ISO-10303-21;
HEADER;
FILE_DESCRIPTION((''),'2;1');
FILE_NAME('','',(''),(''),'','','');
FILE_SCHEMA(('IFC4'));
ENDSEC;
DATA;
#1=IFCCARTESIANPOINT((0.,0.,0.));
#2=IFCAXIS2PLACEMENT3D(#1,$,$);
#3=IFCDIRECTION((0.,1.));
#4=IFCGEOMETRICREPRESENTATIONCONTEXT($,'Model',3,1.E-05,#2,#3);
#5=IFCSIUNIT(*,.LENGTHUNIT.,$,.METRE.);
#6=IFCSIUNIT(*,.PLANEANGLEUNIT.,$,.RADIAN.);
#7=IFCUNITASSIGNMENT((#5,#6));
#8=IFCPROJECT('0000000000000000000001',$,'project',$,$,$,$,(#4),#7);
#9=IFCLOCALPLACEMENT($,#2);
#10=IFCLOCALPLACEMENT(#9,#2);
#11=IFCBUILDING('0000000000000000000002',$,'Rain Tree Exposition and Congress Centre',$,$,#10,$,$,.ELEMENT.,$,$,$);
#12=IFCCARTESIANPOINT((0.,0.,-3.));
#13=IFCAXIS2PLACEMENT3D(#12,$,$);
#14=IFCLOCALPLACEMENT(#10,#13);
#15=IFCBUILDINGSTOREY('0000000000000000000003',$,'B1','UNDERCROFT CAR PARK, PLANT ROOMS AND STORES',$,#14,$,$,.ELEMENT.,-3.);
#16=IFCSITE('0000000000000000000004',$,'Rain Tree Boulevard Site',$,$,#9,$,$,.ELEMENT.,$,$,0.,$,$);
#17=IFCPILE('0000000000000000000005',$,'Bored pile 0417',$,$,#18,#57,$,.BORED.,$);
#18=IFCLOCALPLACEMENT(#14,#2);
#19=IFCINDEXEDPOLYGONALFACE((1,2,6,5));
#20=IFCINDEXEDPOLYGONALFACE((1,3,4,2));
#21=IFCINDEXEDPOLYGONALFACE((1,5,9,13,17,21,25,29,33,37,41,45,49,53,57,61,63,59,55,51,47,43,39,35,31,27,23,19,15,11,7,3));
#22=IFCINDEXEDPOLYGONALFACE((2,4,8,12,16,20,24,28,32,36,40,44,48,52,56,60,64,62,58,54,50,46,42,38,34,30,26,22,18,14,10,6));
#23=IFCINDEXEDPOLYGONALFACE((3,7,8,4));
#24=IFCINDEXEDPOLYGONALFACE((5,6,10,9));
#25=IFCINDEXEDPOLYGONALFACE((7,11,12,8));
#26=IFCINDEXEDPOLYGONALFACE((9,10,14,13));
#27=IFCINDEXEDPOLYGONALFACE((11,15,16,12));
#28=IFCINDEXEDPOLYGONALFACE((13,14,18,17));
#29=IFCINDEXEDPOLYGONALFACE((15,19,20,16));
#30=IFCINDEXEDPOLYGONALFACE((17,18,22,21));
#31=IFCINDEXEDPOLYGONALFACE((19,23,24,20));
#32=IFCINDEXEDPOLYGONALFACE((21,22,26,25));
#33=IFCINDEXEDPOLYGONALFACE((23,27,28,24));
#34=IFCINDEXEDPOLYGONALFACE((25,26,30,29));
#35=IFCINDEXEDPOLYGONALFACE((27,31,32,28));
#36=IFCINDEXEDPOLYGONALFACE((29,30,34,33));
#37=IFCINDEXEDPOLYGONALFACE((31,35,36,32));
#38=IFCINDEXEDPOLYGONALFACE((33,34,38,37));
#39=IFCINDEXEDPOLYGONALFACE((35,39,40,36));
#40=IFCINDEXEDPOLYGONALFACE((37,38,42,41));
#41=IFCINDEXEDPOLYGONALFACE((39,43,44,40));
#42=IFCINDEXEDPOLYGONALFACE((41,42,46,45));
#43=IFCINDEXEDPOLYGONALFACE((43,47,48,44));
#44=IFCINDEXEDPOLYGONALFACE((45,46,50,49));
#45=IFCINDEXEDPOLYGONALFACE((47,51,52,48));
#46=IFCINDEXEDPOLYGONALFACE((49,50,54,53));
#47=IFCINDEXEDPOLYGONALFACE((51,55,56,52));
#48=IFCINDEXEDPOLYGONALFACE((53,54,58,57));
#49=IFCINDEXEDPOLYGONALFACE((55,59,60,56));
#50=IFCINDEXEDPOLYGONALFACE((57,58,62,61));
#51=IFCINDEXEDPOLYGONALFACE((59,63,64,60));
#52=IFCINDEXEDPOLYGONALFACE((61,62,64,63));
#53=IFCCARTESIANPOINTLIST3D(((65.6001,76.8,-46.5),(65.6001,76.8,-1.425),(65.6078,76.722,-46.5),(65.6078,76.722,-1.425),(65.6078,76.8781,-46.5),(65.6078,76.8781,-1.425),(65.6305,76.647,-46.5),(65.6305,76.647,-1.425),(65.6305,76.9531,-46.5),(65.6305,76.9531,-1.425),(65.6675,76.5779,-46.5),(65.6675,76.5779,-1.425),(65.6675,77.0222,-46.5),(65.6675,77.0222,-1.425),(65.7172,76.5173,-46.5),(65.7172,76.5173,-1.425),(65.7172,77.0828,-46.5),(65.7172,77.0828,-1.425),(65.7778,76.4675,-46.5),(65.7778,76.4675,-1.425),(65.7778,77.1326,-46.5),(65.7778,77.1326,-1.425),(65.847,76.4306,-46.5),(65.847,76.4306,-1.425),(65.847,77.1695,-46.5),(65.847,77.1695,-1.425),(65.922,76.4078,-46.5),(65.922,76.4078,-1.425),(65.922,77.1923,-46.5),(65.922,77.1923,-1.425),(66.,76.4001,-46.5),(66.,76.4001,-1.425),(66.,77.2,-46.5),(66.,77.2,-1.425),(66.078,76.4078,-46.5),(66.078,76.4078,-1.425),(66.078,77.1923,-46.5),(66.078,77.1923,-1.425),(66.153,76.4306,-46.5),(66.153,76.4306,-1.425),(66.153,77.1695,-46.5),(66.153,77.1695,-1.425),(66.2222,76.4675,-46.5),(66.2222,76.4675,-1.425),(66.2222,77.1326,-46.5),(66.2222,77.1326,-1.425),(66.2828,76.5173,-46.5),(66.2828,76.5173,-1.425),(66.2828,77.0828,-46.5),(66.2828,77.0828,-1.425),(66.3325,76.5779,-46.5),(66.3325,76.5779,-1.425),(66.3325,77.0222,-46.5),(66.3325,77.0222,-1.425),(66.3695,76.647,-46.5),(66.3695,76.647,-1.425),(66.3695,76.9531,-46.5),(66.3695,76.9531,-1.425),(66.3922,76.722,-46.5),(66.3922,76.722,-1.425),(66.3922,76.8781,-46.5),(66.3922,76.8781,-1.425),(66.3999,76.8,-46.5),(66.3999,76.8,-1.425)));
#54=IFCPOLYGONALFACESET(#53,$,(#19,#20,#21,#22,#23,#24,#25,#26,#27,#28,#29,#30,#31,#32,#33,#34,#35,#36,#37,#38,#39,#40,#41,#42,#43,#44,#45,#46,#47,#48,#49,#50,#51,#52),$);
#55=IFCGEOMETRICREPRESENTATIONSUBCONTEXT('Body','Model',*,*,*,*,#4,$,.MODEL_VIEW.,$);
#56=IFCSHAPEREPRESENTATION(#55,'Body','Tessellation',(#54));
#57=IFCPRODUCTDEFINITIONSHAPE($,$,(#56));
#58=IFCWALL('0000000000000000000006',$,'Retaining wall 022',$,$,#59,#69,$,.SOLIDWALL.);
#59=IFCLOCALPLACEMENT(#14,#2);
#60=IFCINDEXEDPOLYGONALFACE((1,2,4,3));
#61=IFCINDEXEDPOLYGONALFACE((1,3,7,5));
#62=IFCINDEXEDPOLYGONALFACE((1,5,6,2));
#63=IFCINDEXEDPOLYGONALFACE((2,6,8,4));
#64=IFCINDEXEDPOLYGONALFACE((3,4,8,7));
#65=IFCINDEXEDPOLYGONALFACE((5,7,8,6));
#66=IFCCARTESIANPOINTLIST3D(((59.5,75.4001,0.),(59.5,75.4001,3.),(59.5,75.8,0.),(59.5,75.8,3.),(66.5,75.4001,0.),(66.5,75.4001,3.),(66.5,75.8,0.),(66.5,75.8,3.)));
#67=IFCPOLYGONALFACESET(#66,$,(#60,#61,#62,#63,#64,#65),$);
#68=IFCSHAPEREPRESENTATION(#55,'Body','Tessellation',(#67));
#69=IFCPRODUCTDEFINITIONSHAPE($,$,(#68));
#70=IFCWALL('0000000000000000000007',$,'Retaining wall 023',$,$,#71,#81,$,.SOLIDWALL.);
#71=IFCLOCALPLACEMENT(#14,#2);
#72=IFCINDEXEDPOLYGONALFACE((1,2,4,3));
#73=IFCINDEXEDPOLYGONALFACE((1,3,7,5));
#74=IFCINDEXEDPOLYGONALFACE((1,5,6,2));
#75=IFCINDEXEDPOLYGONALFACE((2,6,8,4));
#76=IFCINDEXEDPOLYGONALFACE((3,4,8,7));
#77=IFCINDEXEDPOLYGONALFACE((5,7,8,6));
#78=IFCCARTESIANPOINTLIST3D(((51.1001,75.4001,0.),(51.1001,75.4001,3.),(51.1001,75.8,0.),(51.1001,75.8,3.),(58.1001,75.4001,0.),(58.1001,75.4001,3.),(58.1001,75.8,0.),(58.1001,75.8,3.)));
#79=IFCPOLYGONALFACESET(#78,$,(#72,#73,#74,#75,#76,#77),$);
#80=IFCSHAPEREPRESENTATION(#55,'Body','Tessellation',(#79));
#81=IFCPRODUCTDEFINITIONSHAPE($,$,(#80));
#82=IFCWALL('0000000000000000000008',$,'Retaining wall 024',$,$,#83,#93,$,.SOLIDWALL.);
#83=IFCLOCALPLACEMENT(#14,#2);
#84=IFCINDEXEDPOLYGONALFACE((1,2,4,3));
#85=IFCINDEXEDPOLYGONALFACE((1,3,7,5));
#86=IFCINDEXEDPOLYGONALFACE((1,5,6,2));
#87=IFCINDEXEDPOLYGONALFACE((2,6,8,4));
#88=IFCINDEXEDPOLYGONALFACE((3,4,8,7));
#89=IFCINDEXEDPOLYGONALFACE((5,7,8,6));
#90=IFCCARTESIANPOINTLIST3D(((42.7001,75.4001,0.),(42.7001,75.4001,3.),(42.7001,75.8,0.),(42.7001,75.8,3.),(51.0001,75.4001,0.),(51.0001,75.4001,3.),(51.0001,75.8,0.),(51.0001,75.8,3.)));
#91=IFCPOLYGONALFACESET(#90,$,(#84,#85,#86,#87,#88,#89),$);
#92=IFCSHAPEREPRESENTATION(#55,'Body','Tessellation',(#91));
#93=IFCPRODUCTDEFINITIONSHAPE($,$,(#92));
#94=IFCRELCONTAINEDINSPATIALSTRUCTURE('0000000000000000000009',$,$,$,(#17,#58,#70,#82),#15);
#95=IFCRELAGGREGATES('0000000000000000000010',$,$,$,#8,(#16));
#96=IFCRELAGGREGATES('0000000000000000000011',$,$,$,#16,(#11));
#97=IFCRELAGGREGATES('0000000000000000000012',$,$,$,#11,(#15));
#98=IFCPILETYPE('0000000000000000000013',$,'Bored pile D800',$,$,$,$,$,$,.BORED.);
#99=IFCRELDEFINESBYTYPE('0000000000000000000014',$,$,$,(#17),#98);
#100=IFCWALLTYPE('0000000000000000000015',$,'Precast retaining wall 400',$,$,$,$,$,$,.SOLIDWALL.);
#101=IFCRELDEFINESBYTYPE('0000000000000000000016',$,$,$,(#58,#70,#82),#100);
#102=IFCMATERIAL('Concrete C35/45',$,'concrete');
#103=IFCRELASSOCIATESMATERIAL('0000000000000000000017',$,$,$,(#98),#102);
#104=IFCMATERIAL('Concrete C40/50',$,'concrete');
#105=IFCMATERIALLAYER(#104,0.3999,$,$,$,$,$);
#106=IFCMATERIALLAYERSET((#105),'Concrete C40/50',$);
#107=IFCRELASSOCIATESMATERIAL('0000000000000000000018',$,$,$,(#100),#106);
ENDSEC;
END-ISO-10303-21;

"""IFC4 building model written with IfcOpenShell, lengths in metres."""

from ifc_helpers import new_model, si_unit, direction, frame, frame_2d, origin, origin_2d, place, context, subcontext, project, spatial, rectangle, circle, extrude, material, layer, layer_set, material_profile, profile_set, type_object, element, save


model = new_model("IFC4")

# Units and contexts
model_context = context("Model", 3, precision=1e-05, world=origin(), true_north=direction((0.0, 1.0)))
body_context = subcontext(model_context, "Body", "Model", "MODEL_VIEW")
ifc_project = project(units=[si_unit("LENGTHUNIT", "METRE"), si_unit("PLANEANGLEUNIT", "RADIAN")], contexts=[model_context])

# Site, building, storey
site_placement = place(None, origin())
site = spatial("IfcSite", under=ifc_project, at=site_placement, Name="Rain Tree Boulevard Site", CompositionType="ELEMENT", RefElevation=0.0)
building_placement = place(site_placement, origin())
building = spatial("IfcBuilding", under=site, at=building_placement, Name="Rain Tree Exposition and Congress Centre", CompositionType="ELEMENT")
storey_placement = place(building_placement, frame((0.0, 0.0, -3.0)))
storey = spatial("IfcBuildingStorey", under=building, at=storey_placement, Name="B1", Description="UNDERCROFT CAR PARK, PLANT ROOMS AND STORES", CompositionType="ELEMENT", Elevation=-3.0)

# Pile
ifc_material_1 = material(Name="Concrete C35/45", Category="concrete")
ifc_material_profile_1 = material_profile(ifc_material_1, circle(Radius=0.3999, at=origin_2d()), Name="D800")
ifc_profile_set_1 = profile_set([ifc_material_profile_1], Name="Concrete C35/45")
pile_type_1 = type_object("IfcPileType", Name="Bored pile D800", PredefinedType="BORED", material=ifc_profile_set_1)
for number, where, z_axis, x_axis, name in (
    (1, (66.0, 76.8, -1.425), (0.0, 0.0, -1.0), (1.0, 0.0, 0.0), "Bored pile 0417"),
):
    element("IfcPile", number, at=place(storey_placement, frame(where, z_axis=z_axis, x_axis=x_axis)), inside=storey, type_object=pile_type_1, Name=name, PredefinedType="BORED", context=body_context, shape_type="SweptSolid", body=[
        extrude(circle(Radius=0.3999, at=origin_2d()), origin(), (0.0, 0.0, 1.0), 45.075),
    ])

# Walls
ifc_material_2 = material(Name="Concrete C40/50", Category="concrete")
ifc_layer = layer(ifc_material_2, 0.3999)
ifc_layer_set = layer_set([ifc_layer], Name="Concrete C40/50")
wall_type = type_object("IfcWallType", Name="Precast retaining wall 400", PredefinedType="SOLIDWALL", material=ifc_layer_set)
for number, where, z_axis, x_axis, name in (
    (2, (66.5, 75.6001, 0.0), (0.0, 0.0, 1.0), (-1.0, 0.0, 0.0), "Retaining wall 022"),
    (3, (58.1001, 75.6001, 0.0), (0.0, 0.0, 1.0), (-1.0, 0.0, 0.0), "Retaining wall 023"),
):
    element("IfcWall", number, at=place(storey_placement, frame(where, z_axis=z_axis, x_axis=x_axis)), inside=storey, type_object=wall_type, Name=name, PredefinedType="SOLIDWALL", context=body_context, shape_type="SweptSolid", body=[
        extrude(rectangle(XDim=7.0, YDim=0.3999, at=frame_2d((3.5, 0.0))), origin(), (0.0, 0.0, 1.0), 3.0),
    ])
wall_placement = place(storey_placement, frame((51.0, 75.6001, 0.0), z_axis=(0.0, 0.0, 1.0), x_axis=(-1.0, 0.0, 0.0)))
element("IfcWall", 4, at=wall_placement, inside=storey, type_object=wall_type, Name="Retaining wall 024", PredefinedType="SOLIDWALL", context=body_context, shape_type="SweptSolid", body=[
    extrude(rectangle(XDim=8.3, YDim=0.3999, at=frame_2d((4.1499, 0.0))), origin(), (0.0, 0.0, 1.0), 3.0),
])

save(model, "model.ifc")
